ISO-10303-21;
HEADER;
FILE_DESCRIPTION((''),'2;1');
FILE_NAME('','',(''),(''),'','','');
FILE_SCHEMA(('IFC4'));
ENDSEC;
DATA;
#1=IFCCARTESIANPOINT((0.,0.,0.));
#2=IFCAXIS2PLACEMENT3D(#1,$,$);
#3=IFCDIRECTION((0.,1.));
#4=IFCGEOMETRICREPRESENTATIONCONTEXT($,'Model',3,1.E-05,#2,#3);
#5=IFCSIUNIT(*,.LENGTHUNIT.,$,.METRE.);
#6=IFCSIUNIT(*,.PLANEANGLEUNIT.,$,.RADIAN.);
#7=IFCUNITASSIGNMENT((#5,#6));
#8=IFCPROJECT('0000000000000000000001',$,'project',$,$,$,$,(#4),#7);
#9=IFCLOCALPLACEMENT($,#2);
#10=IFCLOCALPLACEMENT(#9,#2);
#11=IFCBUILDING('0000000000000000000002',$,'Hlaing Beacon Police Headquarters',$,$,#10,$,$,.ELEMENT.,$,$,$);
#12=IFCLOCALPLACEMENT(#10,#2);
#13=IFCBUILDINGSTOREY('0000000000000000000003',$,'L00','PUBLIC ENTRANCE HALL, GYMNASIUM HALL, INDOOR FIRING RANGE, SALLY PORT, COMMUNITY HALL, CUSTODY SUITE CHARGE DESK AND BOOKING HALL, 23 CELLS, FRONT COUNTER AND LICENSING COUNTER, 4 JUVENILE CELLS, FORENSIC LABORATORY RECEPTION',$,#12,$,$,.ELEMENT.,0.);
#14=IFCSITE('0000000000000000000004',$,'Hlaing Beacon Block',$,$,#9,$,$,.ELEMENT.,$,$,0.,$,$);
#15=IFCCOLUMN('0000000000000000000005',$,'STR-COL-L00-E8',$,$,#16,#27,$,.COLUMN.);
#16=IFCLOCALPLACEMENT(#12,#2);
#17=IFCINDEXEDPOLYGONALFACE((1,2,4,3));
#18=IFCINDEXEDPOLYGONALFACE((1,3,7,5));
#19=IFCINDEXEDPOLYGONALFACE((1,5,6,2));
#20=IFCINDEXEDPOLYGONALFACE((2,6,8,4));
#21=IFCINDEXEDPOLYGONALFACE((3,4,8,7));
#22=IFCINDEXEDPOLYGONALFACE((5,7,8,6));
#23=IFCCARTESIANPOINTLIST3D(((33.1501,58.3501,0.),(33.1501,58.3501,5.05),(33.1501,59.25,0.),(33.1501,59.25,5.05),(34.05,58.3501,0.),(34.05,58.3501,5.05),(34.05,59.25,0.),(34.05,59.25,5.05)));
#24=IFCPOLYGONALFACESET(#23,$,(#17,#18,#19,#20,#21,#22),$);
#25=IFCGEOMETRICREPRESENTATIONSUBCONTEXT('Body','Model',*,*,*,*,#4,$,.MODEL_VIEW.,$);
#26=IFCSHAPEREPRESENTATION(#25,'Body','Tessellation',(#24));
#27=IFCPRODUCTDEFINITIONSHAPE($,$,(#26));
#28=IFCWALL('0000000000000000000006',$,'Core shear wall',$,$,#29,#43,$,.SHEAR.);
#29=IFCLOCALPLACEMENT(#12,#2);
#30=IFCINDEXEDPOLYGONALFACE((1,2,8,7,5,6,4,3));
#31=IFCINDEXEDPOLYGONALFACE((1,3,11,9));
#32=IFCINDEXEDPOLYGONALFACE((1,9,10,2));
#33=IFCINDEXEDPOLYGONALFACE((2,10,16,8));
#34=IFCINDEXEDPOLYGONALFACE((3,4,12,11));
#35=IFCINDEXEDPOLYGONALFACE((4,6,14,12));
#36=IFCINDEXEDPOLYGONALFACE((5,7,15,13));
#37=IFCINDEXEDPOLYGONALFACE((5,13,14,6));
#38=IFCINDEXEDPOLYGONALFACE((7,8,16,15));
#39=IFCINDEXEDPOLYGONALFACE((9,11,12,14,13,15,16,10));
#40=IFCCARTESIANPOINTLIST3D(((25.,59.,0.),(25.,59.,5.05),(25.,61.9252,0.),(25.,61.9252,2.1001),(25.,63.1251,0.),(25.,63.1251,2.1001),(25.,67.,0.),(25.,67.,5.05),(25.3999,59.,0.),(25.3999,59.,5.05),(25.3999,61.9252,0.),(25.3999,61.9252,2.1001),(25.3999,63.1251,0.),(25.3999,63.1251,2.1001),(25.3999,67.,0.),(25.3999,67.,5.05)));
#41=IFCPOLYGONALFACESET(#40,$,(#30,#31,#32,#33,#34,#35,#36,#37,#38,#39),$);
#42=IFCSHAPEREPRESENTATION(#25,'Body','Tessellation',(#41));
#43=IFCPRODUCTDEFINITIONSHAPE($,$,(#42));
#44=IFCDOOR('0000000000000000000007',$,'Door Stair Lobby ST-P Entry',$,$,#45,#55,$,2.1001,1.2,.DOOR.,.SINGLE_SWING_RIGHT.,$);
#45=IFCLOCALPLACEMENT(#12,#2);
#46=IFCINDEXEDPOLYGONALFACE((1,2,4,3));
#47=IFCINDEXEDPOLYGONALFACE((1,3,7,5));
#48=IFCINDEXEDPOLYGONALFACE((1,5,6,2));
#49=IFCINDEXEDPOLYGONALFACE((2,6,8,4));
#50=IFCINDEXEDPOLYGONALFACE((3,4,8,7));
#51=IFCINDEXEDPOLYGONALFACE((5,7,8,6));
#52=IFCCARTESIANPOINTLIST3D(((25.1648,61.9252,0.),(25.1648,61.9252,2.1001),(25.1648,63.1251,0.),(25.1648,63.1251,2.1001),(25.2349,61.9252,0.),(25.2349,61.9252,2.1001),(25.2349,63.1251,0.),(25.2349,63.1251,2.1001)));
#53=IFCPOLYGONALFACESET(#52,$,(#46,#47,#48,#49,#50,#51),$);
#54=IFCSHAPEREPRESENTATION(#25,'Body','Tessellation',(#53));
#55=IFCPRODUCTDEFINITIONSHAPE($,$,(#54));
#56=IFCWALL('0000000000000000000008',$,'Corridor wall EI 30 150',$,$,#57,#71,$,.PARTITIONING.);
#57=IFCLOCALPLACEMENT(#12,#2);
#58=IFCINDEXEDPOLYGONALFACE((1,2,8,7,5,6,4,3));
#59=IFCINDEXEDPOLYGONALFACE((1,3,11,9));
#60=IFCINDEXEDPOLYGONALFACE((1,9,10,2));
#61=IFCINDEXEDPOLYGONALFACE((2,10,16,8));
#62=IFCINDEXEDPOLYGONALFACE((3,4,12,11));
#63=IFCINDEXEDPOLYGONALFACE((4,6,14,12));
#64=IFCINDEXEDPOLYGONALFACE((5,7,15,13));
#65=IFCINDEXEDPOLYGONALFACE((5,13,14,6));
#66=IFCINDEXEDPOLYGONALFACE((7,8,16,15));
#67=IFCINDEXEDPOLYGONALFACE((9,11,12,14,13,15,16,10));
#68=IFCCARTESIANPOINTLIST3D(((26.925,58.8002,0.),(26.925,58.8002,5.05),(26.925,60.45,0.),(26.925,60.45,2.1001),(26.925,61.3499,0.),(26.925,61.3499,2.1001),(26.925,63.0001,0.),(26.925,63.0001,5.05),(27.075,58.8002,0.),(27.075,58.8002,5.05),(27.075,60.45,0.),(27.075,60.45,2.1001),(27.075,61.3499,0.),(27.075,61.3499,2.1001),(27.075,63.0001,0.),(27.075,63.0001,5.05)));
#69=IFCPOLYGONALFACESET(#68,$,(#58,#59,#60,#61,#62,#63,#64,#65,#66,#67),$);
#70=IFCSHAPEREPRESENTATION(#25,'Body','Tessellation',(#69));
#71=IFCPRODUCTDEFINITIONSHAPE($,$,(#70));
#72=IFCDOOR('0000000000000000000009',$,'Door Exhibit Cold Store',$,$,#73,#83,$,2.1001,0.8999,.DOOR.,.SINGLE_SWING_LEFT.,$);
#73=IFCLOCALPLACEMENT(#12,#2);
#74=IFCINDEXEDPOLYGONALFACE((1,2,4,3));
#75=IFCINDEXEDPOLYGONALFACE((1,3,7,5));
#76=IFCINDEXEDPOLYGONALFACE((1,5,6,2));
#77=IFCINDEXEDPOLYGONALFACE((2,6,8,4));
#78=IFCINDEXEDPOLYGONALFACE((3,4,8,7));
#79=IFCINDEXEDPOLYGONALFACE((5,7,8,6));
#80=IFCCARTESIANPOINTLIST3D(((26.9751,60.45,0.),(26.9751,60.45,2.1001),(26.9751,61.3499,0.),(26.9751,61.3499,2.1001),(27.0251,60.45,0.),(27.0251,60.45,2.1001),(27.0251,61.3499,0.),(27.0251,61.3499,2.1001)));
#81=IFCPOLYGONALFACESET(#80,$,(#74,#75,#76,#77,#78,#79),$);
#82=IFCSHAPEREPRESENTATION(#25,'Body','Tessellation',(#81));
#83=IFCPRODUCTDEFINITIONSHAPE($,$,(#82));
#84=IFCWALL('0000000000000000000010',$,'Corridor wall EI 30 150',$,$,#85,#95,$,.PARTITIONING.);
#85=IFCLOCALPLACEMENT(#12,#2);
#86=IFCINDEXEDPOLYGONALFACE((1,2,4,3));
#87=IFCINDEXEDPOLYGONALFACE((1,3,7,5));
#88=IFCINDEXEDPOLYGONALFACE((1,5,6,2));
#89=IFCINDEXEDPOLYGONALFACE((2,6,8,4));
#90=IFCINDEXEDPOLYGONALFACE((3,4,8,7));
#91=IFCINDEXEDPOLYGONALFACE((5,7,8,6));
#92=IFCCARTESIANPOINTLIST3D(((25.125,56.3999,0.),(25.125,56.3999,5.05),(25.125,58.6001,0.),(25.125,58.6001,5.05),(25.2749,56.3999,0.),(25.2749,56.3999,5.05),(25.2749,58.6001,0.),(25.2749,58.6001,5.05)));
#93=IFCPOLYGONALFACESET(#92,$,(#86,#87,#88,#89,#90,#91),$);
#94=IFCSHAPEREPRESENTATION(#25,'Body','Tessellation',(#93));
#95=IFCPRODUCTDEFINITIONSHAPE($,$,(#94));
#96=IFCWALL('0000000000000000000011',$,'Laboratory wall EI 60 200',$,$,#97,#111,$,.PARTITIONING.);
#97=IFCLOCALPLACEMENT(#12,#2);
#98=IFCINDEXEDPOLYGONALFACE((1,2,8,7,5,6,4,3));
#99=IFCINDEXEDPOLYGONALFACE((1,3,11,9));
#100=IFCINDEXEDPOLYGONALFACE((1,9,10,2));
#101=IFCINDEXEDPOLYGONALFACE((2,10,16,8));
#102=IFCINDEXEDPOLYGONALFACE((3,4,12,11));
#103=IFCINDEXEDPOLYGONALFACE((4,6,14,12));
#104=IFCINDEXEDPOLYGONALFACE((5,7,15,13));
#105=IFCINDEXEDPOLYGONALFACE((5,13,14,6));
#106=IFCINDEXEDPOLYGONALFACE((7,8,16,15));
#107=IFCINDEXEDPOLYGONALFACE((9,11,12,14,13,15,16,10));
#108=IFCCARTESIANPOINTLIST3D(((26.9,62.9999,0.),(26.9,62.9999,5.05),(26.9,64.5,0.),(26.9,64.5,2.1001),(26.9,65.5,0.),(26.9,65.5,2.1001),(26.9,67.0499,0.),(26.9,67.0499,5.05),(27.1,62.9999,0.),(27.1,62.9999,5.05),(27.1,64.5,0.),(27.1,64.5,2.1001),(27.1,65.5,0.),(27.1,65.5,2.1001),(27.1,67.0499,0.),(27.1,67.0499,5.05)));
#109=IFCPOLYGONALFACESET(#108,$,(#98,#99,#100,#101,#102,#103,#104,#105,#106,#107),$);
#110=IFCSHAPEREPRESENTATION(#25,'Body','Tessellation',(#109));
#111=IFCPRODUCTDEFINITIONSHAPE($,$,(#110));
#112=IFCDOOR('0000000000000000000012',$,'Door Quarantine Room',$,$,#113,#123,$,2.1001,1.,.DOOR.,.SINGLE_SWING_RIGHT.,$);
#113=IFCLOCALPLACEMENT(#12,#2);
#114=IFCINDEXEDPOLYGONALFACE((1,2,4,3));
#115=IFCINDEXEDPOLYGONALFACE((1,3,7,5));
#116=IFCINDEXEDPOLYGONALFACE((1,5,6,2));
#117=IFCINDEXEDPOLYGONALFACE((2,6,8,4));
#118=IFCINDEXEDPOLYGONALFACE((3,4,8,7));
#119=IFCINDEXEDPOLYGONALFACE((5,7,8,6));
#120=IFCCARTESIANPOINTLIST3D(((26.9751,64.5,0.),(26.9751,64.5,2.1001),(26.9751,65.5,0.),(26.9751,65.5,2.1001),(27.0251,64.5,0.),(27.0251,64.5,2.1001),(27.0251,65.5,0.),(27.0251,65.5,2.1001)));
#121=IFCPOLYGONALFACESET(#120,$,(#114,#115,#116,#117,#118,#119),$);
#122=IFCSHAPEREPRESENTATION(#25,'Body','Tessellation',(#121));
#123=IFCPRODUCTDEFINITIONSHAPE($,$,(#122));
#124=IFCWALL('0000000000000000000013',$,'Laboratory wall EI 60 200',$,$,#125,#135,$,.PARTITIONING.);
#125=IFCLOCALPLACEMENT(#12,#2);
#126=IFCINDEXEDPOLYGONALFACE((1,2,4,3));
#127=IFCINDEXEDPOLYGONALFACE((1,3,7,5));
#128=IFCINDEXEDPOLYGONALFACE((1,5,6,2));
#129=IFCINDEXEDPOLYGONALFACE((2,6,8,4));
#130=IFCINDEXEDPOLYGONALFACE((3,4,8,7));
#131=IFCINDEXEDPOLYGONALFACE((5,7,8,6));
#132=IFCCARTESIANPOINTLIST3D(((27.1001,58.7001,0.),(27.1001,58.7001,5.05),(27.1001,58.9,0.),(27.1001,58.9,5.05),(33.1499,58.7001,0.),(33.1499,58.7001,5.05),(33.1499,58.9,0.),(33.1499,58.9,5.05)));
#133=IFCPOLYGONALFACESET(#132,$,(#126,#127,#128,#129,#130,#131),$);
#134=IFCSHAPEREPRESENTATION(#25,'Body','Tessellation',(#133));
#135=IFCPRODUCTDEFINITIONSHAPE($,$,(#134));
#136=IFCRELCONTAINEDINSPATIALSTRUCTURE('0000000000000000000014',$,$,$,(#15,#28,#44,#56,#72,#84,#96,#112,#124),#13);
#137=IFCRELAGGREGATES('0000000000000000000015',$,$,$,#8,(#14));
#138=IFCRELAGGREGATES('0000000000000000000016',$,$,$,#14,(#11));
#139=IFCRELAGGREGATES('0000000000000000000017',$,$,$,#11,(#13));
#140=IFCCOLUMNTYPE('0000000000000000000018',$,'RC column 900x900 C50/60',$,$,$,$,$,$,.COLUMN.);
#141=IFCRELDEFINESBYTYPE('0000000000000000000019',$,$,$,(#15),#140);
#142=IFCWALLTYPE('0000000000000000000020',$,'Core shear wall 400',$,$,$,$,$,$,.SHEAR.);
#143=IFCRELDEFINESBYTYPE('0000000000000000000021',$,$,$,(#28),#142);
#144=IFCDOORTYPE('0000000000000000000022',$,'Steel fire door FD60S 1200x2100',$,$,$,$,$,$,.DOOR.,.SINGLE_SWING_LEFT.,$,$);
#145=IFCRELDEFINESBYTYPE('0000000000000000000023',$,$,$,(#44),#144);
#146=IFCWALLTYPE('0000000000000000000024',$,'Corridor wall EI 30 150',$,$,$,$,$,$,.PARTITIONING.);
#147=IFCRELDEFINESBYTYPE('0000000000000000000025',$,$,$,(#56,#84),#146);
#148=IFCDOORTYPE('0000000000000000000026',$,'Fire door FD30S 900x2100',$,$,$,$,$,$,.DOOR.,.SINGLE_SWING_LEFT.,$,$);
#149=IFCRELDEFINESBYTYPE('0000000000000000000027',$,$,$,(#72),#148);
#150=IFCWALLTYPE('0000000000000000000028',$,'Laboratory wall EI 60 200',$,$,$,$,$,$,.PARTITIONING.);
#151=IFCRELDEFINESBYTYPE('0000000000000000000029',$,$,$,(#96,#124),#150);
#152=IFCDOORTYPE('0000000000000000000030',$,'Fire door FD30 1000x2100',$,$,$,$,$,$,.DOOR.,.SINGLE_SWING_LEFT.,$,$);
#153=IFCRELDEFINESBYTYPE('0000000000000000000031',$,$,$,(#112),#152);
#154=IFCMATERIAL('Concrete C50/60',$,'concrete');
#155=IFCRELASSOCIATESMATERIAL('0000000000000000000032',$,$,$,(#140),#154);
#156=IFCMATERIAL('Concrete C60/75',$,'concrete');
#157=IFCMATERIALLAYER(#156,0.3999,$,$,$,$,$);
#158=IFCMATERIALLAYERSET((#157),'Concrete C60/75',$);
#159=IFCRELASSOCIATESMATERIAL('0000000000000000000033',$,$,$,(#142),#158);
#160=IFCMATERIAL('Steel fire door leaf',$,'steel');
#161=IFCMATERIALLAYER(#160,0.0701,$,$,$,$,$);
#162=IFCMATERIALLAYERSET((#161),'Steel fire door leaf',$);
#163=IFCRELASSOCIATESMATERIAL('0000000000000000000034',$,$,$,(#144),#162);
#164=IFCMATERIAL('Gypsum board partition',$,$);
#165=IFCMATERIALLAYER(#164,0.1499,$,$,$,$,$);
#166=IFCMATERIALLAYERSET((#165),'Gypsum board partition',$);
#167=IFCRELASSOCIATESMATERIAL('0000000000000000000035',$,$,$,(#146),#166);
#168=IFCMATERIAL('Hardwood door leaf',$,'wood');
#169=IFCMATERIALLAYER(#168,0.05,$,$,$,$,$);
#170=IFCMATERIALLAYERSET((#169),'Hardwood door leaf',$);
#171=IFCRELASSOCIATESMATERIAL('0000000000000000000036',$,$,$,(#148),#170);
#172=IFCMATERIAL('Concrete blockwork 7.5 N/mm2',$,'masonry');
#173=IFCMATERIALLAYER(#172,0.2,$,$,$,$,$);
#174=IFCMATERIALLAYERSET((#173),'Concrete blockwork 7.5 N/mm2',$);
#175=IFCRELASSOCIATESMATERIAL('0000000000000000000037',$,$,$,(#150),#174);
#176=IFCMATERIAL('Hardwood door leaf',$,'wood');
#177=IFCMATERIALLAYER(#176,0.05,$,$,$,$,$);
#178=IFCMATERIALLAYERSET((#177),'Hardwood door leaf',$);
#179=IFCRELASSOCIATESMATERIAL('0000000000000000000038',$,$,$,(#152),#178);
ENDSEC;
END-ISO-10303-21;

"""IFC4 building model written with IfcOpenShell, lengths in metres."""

from ifc_helpers import new_model, si_unit, direction, frame, frame_2d, origin, origin_2d, place, context, subcontext, project, spatial, rectangle, extrude, material, layer, layer_set, material_profile, profile_set, type_object, element, fill, save


model = new_model("IFC4")

# Units and contexts
model_context = context("Model", 3, precision=1e-05, world=origin(), true_north=direction((0.0, 1.0)))
body_context = subcontext(model_context, "Body", "Model", "MODEL_VIEW")
ifc_project = project(units=[si_unit("LENGTHUNIT", "METRE"), si_unit("PLANEANGLEUNIT", "RADIAN")], contexts=[model_context])

# Site, building, storey
site_placement = place(None, origin())
site = spatial("IfcSite", under=ifc_project, at=site_placement, Name="Hlaing Beacon Block", CompositionType="ELEMENT", RefElevation=0.0)
building_placement = place(site_placement, origin())
building = spatial("IfcBuilding", under=site, at=building_placement, Name="Hlaing Beacon Police Headquarters", CompositionType="ELEMENT")
storey_placement = place(building_placement, origin())
storey = spatial("IfcBuildingStorey", under=building, at=storey_placement, Name="L00", Description="PUBLIC ENTRANCE HALL, GYMNASIUM HALL, INDOOR FIRING RANGE, SALLY PORT, COMMUNITY HALL, CUSTODY SUITE CHARGE DESK AND BOOKING HALL, 23 CELLS, FRONT COUNTER AND LICENSING COUNTER, 4 JUVENILE CELLS, FORENSIC LABORATORY RECEPTION", CompositionType="ELEMENT", Elevation=0.0)

# Column
ifc_material_1 = material(Name="Concrete C50/60", Category="concrete")
ifc_material_profile = material_profile(ifc_material_1, rectangle(XDim=0.8999, YDim=0.8999, at=origin_2d()), Name="900x900")
ifc_profile_set = profile_set([ifc_material_profile], Name="Concrete C50/60")
column_type = type_object("IfcColumnType", Name="RC column 900x900 C50/60", PredefinedType="COLUMN", material=ifc_profile_set)
column_placement = place(storey_placement, frame((33.6001, 58.8, 0.0), z_axis=(0.0, 0.0, 1.0), x_axis=(1.0, 0.0, 0.0)))
element("IfcColumn", 1, at=column_placement, inside=storey, type_object=column_type, Name="STR-COL-L00-E8", PredefinedType="COLUMN", context=body_context, shape_type="SweptSolid", body=[
    extrude(rectangle(XDim=0.8999, YDim=0.8999, at=origin_2d()), origin(), (0.0, 0.0, 1.0), 5.05),
])

# Walls, openings, doors
ifc_material_2 = material(Name="Concrete C60/75", Category="concrete")
ifc_layer_1 = layer(ifc_material_2, 0.3999)
ifc_layer_set_1 = layer_set([ifc_layer_1], Name="Concrete C60/75")
wall_type_1 = type_object("IfcWallType", Name="Core shear wall 400", PredefinedType="SHEAR", material=ifc_layer_set_1)
wall_1_placement = place(storey_placement, frame((25.2, 59.0, 0.0), z_axis=(0.0, 0.0, 1.0), x_axis=(0.0, 1.0, 0.0)))
wall_1 = element("IfcWall", 2, at=wall_1_placement, inside=storey, type_object=wall_type_1, Name="Core shear wall", PredefinedType="SHEAR", context=body_context, shape_type="SweptSolid", body=[
    extrude(rectangle(XDim=8.0, YDim=0.3999, at=frame_2d((4.0, 0.0))), origin(), (0.0, 0.0, 1.0), 5.05),
])
opening_1_placement = place(wall_1_placement, frame((2.925, 0.0, 0.0)))
opening_1 = element("IfcOpeningElement", 3, at=opening_1_placement, cuts=wall_1, PredefinedType="OPENING", context=body_context, shape_type="SweptSolid", body=[
    extrude(rectangle(XDim=1.2, YDim=2.1001, at=frame_2d((0.6001, 1.05))), frame((0.0, 0.21, 0.0), z_axis=(0.0, -1.0, 0.0), x_axis=(1.0, 0.0, 0.0)), (0.0, 0.0, 1.0), 0.4199),
])
ifc_material_3 = material(Name="Steel fire door leaf", Category="steel")
ifc_layer_2 = layer(ifc_material_3, 0.0701)
ifc_layer_set_2 = layer_set([ifc_layer_2], Name="Steel fire door leaf")
door_type_1 = type_object("IfcDoorType", Name="Steel fire door FD60S 1200x2100", OperationType="SINGLE_SWING_LEFT", PredefinedType="DOOR", material=ifc_layer_set_2)
door_1_placement = place(opening_1_placement, origin())
door_1 = element("IfcDoor", 4, at=door_1_placement, inside=storey, type_object=door_type_1, Name="Door Stair Lobby ST-P Entry", OperationType="SINGLE_SWING_RIGHT", OverallHeight=2.1001, OverallWidth=1.2, PredefinedType="DOOR", context=body_context, shape_type="SweptSolid", body=[
    extrude(rectangle(XDim=1.2, YDim=2.1001, at=frame_2d((0.6001, 1.05))), frame((0.0, 0.0352, 0.0), z_axis=(0.0, -1.0, 0.0), x_axis=(1.0, 0.0, 0.0)), (0.0, 0.0, 1.0), 0.0701),
])
fill(opening_1, door_1)
ifc_material_4 = material(Name="Gypsum board partition")
ifc_layer_3 = layer(ifc_material_4, 0.1499)
ifc_layer_set_3 = layer_set([ifc_layer_3], Name="Gypsum board partition")
wall_type_2 = type_object("IfcWallType", Name="Corridor wall EI 30 150", PredefinedType="PARTITIONING", material=ifc_layer_set_3)
wall_2_placement = place(storey_placement, frame((27.0, 58.8, 0.0), z_axis=(0.0, 0.0, 1.0), x_axis=(0.0, 1.0, 0.0)))
wall_2 = element("IfcWall", 5, at=wall_2_placement, inside=storey, type_object=wall_type_2, Name="Corridor wall EI 30 150", PredefinedType="PARTITIONING", context=body_context, shape_type="SweptSolid", body=[
    extrude(rectangle(XDim=4.2, YDim=0.1499, at=frame_2d((2.1001, 0.0))), origin(), (0.0, 0.0, 1.0), 5.05),
])
opening_2_placement = place(wall_2_placement, frame((1.6499, 0.0, 0.0)))
opening_2 = element("IfcOpeningElement", 6, at=opening_2_placement, cuts=wall_2, PredefinedType="OPENING", context=body_context, shape_type="SweptSolid", body=[
    extrude(rectangle(XDim=0.8999, YDim=2.1001, at=frame_2d((0.45, 1.05))), frame((0.0, 0.085, 0.0), z_axis=(0.0, -1.0, 0.0), x_axis=(1.0, 0.0, 0.0)), (0.0, 0.0, 1.0), 0.1699),
])
ifc_material_5 = material(Name="Hardwood door leaf", Category="wood")
ifc_layer_4 = layer(ifc_material_5, 0.05)
ifc_layer_set_4 = layer_set([ifc_layer_4], Name="Hardwood door leaf")
door_type_2 = type_object("IfcDoorType", Name="Fire door FD30S 900x2100", OperationType="SINGLE_SWING_LEFT", PredefinedType="DOOR", material=ifc_layer_set_4)
door_2_placement = place(opening_2_placement, frame((0.8999, 0.0, 0.0), z_axis=(0.0, 0.0, 1.0), x_axis=(-1.0, 0.0, 0.0)))
door_2 = element("IfcDoor", 7, at=door_2_placement, inside=storey, type_object=door_type_2, Name="Door Exhibit Cold Store", OperationType="SINGLE_SWING_LEFT", OverallHeight=2.1001, OverallWidth=0.8999, PredefinedType="DOOR", context=body_context, shape_type="SweptSolid", body=[
    extrude(rectangle(XDim=0.8999, YDim=2.1001, at=frame_2d((0.45, 1.05))), frame((0.0, 0.0251, 0.0), z_axis=(0.0, -1.0, 0.0), x_axis=(1.0, 0.0, 0.0)), (0.0, 0.0, 1.0), 0.05),
])
fill(opening_2, door_2)

# Wall
wall_3_placement = place(storey_placement, frame((25.2, 56.3999, 0.0), z_axis=(0.0, 0.0, 1.0), x_axis=(0.0, 1.0, 0.0)))
element("IfcWall", 8, at=wall_3_placement, inside=storey, type_object=wall_type_2, Name="Corridor wall EI 30 150", PredefinedType="PARTITIONING", context=body_context, shape_type="SweptSolid", body=[
    extrude(rectangle(XDim=2.2002, YDim=0.1499, at=frame_2d((1.1001, 0.0))), origin(), (0.0, 0.0, 1.0), 5.05),
])

# Wall, opening, door
ifc_material_6 = material(Name="Concrete blockwork 7.5 N/mm2", Category="masonry")
ifc_layer_5 = layer(ifc_material_6, 0.2)
ifc_layer_set_5 = layer_set([ifc_layer_5], Name="Concrete blockwork 7.5 N/mm2")
wall_type_3 = type_object("IfcWallType", Name="Laboratory wall EI 60 200", PredefinedType="PARTITIONING", material=ifc_layer_set_5)
wall_4_placement = place(storey_placement, frame((27.0, 63.0, 0.0), z_axis=(0.0, 0.0, 1.0), x_axis=(0.0, 1.0, 0.0)))
wall_4 = element("IfcWall", 9, at=wall_4_placement, inside=storey, type_object=wall_type_3, Name="Laboratory wall EI 60 200", PredefinedType="PARTITIONING", context=body_context, shape_type="SweptSolid", body=[
    extrude(rectangle(XDim=4.05, YDim=0.2, at=frame_2d((2.0249, 0.0))), origin(), (0.0, 0.0, 1.0), 5.05),
])
opening_3_placement = place(wall_4_placement, frame((1.5, 0.0, 0.0)))
opening_3 = element("IfcOpeningElement", 10, at=opening_3_placement, cuts=wall_4, PredefinedType="OPENING", context=body_context, shape_type="SweptSolid", body=[
    extrude(rectangle(XDim=1.0, YDim=2.1001, at=frame_2d((0.5, 1.05))), frame((0.0, 0.1099, 0.0), z_axis=(0.0, -1.0, 0.0), x_axis=(1.0, 0.0, 0.0)), (0.0, 0.0, 1.0), 0.22),
])
ifc_material_7 = material(Name="Hardwood door leaf", Category="wood")
ifc_layer_6 = layer(ifc_material_7, 0.05)
ifc_layer_set_6 = layer_set([ifc_layer_6], Name="Hardwood door leaf")
door_type_3 = type_object("IfcDoorType", Name="Fire door FD30 1000x2100", OperationType="SINGLE_SWING_LEFT", PredefinedType="DOOR", material=ifc_layer_set_6)
door_3_placement = place(opening_3_placement, frame((1.0, 0.0, 0.0), z_axis=(0.0, 0.0, 1.0), x_axis=(-1.0, 0.0, 0.0)))
door_3 = element("IfcDoor", 11, at=door_3_placement, inside=storey, type_object=door_type_3, Name="Door Quarantine Room", OperationType="SINGLE_SWING_RIGHT", OverallHeight=2.1001, OverallWidth=1.0, PredefinedType="DOOR", context=body_context, shape_type="SweptSolid", body=[
    extrude(rectangle(XDim=1.0, YDim=2.1001, at=frame_2d((0.5, 1.05))), frame((0.0, 0.0251, 0.0), z_axis=(0.0, -1.0, 0.0), x_axis=(1.0, 0.0, 0.0)), (0.0, 0.0, 1.0), 0.05),
])
fill(opening_3, door_3)

# Wall
wall_5_placement = place(storey_placement, frame((27.1001, 58.8, 0.0), z_axis=(0.0, 0.0, 1.0), x_axis=(1.0, 0.0, 0.0)))
element("IfcWall", 12, at=wall_5_placement, inside=storey, type_object=wall_type_3, Name="Laboratory wall EI 60 200", PredefinedType="PARTITIONING", context=body_context, shape_type="SweptSolid", body=[
    extrude(rectangle(XDim=6.0498, YDim=0.2, at=frame_2d((3.0249, 0.0))), origin(), (0.0, 0.0, 1.0), 5.05),
])

save(model, "model.ifc")
